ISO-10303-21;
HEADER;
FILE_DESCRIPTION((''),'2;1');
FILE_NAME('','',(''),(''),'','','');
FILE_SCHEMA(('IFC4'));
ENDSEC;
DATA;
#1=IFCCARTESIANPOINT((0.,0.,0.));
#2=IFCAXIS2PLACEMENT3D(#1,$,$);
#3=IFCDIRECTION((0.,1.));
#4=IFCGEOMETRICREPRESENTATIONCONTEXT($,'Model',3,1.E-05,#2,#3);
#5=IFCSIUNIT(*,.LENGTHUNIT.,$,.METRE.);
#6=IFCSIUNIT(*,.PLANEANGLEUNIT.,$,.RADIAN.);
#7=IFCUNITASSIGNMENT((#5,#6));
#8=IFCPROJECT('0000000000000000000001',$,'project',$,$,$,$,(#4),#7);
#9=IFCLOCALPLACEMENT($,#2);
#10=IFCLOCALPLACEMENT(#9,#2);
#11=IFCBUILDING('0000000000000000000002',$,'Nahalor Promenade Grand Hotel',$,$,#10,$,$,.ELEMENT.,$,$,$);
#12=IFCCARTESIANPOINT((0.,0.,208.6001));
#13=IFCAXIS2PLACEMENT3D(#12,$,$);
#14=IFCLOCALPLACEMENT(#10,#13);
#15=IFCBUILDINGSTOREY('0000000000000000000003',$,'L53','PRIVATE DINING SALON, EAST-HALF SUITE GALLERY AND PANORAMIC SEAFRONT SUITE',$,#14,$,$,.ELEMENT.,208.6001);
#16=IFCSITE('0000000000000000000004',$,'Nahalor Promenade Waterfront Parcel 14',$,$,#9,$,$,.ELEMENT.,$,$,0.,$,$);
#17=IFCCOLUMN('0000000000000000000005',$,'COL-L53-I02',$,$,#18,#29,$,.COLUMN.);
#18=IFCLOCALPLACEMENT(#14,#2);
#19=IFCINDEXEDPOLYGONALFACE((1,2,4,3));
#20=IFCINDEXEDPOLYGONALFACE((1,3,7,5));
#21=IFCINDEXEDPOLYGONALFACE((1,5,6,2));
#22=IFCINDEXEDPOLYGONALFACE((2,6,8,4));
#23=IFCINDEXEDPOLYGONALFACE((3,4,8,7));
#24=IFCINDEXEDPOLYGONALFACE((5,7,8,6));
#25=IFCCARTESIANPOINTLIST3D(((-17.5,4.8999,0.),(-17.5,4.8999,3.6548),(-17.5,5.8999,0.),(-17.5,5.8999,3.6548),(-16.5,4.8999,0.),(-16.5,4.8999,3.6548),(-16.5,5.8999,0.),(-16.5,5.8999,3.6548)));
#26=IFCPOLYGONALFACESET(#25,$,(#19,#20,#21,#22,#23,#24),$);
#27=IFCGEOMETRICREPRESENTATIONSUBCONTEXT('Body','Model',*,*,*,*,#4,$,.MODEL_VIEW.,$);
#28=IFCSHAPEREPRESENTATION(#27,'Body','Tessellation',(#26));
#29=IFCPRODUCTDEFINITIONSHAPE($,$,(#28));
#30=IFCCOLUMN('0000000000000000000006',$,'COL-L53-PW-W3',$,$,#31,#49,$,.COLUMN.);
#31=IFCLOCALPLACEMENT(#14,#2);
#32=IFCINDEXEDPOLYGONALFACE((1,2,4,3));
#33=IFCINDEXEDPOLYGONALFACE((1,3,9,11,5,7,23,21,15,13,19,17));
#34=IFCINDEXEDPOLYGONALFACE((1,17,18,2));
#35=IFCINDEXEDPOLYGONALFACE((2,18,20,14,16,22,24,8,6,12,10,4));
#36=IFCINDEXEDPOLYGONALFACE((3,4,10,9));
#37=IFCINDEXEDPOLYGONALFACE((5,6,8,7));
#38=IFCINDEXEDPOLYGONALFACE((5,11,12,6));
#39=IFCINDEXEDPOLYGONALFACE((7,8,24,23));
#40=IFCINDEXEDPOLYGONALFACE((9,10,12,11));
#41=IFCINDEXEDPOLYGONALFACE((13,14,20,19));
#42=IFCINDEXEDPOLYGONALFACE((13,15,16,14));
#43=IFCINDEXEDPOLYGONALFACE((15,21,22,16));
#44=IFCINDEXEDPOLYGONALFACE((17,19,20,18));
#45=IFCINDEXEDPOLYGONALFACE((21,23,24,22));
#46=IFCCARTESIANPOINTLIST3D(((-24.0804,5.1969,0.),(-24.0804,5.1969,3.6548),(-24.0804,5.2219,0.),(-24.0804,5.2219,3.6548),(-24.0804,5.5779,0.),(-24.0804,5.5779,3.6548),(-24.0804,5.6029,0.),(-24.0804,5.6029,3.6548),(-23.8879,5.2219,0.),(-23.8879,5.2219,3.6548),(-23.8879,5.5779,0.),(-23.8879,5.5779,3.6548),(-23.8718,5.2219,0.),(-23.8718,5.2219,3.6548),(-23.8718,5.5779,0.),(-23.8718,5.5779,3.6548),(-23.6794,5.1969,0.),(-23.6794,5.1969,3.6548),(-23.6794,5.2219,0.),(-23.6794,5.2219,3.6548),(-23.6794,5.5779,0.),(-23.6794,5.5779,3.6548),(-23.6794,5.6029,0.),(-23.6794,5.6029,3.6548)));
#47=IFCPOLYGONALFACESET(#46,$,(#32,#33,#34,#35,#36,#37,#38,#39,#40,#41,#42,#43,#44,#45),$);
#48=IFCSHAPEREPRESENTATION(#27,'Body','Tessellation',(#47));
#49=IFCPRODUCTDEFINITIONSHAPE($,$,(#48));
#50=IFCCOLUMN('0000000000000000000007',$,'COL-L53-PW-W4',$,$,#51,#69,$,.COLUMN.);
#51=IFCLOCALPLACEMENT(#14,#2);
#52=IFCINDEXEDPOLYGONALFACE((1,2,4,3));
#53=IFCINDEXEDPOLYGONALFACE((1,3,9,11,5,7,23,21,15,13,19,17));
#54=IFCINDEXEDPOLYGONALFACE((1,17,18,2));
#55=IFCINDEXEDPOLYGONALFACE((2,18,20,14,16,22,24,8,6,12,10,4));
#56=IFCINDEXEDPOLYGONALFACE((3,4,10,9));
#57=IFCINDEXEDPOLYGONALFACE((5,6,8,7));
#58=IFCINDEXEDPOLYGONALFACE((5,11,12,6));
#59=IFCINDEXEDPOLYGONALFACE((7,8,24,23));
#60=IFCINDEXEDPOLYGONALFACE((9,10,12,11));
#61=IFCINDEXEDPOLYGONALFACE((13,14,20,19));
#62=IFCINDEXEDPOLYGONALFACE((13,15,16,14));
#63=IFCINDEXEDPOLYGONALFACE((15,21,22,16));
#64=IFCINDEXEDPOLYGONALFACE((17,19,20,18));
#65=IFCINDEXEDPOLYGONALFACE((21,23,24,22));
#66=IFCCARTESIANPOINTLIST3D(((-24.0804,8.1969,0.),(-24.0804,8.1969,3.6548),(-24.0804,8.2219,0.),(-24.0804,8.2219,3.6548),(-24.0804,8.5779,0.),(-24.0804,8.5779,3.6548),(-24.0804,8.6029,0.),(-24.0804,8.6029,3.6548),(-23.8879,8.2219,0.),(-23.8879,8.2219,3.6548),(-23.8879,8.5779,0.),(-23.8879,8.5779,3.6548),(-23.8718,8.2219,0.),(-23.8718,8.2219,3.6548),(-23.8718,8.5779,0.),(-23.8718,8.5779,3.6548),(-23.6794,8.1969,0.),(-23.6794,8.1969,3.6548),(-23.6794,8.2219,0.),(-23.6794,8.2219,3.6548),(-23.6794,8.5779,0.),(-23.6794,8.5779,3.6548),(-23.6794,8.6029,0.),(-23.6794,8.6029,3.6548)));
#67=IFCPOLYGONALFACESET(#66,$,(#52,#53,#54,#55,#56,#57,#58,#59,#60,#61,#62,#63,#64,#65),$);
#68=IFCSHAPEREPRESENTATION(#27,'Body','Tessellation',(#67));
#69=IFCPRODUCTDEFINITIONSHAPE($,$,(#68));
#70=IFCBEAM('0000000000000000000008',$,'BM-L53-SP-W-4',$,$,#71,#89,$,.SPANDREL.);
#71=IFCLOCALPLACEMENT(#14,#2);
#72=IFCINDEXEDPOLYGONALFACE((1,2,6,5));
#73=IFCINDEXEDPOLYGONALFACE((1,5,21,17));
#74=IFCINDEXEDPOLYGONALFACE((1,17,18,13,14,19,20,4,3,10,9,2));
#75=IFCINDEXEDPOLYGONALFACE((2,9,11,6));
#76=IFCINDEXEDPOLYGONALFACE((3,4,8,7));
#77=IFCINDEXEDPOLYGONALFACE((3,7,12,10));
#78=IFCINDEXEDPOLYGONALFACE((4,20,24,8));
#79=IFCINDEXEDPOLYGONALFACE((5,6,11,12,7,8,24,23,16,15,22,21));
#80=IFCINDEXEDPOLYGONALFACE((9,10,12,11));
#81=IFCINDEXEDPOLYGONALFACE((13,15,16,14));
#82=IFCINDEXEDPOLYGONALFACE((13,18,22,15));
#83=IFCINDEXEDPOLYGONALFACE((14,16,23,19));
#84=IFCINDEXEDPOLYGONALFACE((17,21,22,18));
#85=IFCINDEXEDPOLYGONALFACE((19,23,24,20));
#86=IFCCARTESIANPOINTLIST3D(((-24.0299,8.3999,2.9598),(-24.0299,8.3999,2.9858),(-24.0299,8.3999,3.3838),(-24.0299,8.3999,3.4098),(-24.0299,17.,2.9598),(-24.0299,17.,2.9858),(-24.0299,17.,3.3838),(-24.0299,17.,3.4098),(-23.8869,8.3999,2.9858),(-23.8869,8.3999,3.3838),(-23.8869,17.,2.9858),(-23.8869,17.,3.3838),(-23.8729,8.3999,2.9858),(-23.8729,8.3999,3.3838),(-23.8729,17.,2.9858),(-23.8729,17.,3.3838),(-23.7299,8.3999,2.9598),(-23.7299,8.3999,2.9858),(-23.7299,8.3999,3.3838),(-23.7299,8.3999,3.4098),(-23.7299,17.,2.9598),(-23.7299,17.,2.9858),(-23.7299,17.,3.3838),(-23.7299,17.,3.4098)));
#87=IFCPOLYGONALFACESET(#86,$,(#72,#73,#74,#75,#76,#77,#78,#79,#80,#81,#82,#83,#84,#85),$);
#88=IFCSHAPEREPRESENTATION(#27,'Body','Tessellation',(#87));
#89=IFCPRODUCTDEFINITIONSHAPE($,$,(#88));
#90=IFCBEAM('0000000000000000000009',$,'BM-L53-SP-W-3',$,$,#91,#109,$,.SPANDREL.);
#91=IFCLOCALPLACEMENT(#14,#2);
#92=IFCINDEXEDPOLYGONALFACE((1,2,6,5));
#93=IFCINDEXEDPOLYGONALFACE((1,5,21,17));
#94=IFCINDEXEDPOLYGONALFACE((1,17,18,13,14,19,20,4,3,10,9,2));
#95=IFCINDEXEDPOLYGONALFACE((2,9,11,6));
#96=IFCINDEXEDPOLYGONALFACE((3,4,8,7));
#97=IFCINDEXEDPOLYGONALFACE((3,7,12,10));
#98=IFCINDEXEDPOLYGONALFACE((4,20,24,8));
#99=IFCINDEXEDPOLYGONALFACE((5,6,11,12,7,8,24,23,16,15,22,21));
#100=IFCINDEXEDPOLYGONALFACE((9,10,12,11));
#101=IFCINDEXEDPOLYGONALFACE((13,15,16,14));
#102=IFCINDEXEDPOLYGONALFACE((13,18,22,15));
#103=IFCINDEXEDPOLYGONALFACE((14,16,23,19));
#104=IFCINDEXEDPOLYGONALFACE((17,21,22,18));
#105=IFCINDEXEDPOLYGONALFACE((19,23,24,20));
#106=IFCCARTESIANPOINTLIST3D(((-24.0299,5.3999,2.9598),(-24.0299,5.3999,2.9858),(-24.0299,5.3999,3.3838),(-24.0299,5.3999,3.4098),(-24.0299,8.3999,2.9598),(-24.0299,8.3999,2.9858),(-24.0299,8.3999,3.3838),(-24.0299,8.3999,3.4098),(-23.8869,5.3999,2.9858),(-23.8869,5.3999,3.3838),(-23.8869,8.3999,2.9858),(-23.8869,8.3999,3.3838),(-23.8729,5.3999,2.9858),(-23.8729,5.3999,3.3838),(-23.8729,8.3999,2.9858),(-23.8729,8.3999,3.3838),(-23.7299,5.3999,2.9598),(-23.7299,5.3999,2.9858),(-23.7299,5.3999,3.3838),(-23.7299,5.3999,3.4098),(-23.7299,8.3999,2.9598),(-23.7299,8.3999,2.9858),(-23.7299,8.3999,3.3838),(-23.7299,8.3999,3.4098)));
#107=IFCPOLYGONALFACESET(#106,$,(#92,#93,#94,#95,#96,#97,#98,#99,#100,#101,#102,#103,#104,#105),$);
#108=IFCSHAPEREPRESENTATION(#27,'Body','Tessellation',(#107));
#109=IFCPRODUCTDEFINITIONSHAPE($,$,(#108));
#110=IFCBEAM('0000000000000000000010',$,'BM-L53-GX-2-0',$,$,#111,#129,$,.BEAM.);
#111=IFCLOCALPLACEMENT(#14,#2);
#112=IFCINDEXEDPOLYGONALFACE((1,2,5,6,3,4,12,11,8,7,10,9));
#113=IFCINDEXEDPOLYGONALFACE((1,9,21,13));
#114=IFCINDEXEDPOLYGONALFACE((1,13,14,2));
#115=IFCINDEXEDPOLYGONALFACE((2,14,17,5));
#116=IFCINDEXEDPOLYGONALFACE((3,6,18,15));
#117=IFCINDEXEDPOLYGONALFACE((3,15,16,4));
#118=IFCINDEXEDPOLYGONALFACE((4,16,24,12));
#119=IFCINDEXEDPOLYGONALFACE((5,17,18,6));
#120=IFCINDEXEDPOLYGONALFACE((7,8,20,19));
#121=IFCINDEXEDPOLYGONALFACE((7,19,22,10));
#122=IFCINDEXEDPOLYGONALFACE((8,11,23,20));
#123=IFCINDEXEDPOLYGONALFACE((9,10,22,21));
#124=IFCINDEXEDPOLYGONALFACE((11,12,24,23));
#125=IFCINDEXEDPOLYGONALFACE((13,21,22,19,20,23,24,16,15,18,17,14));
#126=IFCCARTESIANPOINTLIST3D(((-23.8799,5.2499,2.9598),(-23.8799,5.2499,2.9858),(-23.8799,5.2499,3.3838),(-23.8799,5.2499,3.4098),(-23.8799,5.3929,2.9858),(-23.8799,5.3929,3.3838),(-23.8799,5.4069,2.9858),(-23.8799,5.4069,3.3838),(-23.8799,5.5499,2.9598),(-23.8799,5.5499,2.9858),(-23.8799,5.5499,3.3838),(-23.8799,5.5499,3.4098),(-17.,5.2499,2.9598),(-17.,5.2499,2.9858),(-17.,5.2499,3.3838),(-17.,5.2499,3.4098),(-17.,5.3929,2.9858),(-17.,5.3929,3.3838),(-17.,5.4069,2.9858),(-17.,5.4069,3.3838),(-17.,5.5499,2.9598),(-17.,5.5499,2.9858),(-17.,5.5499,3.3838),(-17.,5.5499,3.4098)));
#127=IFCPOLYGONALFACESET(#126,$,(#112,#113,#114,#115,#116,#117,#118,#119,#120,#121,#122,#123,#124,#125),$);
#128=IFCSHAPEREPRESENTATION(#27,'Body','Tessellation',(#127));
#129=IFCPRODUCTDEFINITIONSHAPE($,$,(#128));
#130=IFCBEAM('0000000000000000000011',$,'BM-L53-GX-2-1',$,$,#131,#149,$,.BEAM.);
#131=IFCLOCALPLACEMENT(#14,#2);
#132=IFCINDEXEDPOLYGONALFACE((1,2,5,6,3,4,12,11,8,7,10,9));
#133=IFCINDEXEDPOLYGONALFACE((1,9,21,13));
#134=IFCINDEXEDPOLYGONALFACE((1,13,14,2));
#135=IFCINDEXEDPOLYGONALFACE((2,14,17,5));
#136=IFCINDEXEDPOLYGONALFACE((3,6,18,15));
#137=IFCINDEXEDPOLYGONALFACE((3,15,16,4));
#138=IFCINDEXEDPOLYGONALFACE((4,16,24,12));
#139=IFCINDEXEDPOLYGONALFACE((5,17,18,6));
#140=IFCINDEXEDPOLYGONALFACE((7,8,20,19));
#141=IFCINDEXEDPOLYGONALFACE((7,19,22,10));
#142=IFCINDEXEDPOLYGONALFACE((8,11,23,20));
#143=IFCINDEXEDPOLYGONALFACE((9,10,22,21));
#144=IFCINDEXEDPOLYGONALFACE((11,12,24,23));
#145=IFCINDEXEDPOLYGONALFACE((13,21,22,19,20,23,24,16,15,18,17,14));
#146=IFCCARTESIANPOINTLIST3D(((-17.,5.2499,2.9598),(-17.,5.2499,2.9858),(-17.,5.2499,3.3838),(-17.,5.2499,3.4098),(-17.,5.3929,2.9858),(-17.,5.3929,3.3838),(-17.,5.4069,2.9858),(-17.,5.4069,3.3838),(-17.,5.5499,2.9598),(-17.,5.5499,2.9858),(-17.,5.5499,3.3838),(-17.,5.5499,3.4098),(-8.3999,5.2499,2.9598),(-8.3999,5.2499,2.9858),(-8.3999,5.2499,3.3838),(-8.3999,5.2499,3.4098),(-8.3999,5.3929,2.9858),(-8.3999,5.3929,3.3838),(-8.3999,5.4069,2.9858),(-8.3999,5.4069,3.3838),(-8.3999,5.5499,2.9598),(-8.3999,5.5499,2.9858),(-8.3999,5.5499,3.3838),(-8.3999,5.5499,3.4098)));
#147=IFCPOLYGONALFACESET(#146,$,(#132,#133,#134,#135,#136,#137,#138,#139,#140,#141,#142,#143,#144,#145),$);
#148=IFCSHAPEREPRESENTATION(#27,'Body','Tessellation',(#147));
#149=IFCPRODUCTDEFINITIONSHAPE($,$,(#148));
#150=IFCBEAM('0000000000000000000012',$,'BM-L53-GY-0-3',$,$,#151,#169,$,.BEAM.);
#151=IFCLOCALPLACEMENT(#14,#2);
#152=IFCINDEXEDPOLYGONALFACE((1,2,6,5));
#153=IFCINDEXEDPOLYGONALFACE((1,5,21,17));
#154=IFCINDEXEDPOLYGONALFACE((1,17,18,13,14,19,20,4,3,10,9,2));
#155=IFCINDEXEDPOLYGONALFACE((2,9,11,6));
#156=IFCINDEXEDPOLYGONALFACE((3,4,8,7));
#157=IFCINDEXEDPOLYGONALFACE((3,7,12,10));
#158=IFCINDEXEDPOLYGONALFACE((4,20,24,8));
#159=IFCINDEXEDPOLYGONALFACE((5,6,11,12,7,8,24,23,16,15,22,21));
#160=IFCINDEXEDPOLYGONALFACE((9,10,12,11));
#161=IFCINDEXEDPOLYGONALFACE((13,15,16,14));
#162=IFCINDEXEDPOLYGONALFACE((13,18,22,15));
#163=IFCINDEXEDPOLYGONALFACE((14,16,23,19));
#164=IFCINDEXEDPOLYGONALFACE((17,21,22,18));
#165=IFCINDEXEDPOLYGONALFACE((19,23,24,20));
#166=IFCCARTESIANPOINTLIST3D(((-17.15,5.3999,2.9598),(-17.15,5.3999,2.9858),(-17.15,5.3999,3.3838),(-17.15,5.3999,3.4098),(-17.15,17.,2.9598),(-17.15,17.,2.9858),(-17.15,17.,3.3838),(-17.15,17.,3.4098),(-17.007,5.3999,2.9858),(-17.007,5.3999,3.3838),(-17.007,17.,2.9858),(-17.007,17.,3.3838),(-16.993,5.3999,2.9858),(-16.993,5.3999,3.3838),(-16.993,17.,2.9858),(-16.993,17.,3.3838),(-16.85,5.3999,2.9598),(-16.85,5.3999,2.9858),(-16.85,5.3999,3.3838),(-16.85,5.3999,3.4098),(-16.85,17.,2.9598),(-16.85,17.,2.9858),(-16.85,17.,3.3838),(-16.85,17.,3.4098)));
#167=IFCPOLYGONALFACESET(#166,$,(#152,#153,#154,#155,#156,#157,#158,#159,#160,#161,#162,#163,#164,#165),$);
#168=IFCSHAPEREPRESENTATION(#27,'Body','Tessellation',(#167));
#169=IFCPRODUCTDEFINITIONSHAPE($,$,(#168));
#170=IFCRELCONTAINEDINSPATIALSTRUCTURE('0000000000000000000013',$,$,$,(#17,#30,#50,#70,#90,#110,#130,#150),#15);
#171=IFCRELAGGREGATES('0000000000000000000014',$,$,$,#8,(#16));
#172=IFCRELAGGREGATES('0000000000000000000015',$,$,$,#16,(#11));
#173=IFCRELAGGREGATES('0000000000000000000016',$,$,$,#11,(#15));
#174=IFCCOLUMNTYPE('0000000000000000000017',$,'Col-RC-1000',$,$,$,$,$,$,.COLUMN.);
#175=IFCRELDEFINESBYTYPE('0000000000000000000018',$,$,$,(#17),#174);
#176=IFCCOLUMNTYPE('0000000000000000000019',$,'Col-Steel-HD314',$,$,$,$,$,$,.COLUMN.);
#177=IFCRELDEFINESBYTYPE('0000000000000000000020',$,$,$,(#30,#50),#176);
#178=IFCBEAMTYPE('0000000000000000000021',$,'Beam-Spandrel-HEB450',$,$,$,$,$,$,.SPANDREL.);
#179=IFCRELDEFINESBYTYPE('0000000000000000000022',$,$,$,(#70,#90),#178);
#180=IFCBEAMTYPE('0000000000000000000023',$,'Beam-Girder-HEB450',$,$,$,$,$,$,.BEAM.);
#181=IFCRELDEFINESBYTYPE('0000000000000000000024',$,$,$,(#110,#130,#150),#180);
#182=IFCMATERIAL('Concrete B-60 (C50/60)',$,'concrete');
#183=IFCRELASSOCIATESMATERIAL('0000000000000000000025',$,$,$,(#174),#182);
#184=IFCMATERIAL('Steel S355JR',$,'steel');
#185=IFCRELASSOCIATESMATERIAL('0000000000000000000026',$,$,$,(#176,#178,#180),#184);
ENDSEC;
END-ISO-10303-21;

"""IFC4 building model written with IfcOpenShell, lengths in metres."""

from ifc_helpers import new_model, si_unit, direction, frame, origin, origin_2d, place, context, subcontext, project, spatial, rectangle, i_section, extrude, source, transform, mapped, material, material_profile, profile_set, type_object, element, save


model = new_model("IFC4")

# Units and contexts
model_context = context("Model", 3, precision=1e-05, world=origin(), true_north=direction((0.0, 1.0)))
body_context = subcontext(model_context, "Body", "Model", "MODEL_VIEW")
ifc_project = project(units=[si_unit("LENGTHUNIT", "METRE"), si_unit("PLANEANGLEUNIT", "RADIAN")], contexts=[model_context])

# Site, building, storey
site_placement = place(None, origin())
site = spatial("IfcSite", under=ifc_project, at=site_placement, Name="Nahalor Promenade Waterfront Parcel 14", CompositionType="ELEMENT", RefElevation=0.0)
building_placement = place(site_placement, origin())
building = spatial("IfcBuilding", under=site, at=building_placement, Name="Nahalor Promenade Grand Hotel", CompositionType="ELEMENT")
storey_placement = place(building_placement, frame((0.0, 0.0, 208.6001)))
storey = spatial("IfcBuildingStorey", under=building, at=storey_placement, Name="L53", Description="PRIVATE DINING SALON, EAST-HALF SUITE GALLERY AND PANORAMIC SEAFRONT SUITE", CompositionType="ELEMENT", Elevation=208.6001)

# Columns
ifc_material_1 = material(Name="Concrete B-60 (C50/60)", Category="concrete")
ifc_material_profile_1 = material_profile(ifc_material_1, rectangle(XDim=1.0, YDim=1.0, at=origin_2d()), Name="RC 1000x1000")
ifc_profile_set_1 = profile_set([ifc_material_profile_1], Name="Concrete B-60 (C50/60)")
column_type_1 = type_object("IfcColumnType", Name="Col-RC-1000", PredefinedType="COLUMN", material=ifc_profile_set_1)
shared_shape_1 = source(origin(), body_context, "Body", "SweptSolid", [
    extrude(rectangle(XDim=1.0, YDim=1.0, at=origin_2d()), origin(), (0.0, 0.0, 1.0), 3.6548),
])
column_placement = place(storey_placement, frame((-17.0, 5.3999, 0.0), z_axis=(0.0, 0.0, 1.0), x_axis=(1.0, 0.0, 0.0)))
element("IfcColumn", 1, at=column_placement, inside=storey, type_object=column_type_1, Name="COL-L53-I02", PredefinedType="COLUMN", context=body_context, shape_type="MappedRepresentation", body=[
    mapped(shared_shape_1, transform((0.0, 0.0, 0.0), scale=1.0)),
])
ifc_material_2 = material(Name="Steel S355JR", Category="steel")
ifc_material_profile_2 = material_profile(ifc_material_2, i_section(OverallWidth=0.401, OverallDepth=0.406, WebThickness=0.0161, FlangeThickness=0.025, at=origin_2d()), Name="HD 400x314")
ifc_profile_set_2 = profile_set([ifc_material_profile_2], Name="Steel S355JR")
column_type_2 = type_object("IfcColumnType", Name="Col-Steel-HD314", PredefinedType="COLUMN", material=ifc_profile_set_2)
shared_shape_2 = source(origin(), body_context, "Body", "SweptSolid", [
    extrude(i_section(OverallWidth=0.401, OverallDepth=0.406, WebThickness=0.0161, FlangeThickness=0.025, at=origin_2d()), origin(), (0.0, 0.0, 1.0), 3.6548),
])
for number, where, z_axis, x_axis, name in (
    (2, (-23.8799, 5.3999, 0.0), (0.0, 0.0, 1.0), (1.0, 0.0, 0.0), "COL-L53-PW-W3"),
    (3, (-23.8799, 8.3999, 0.0), (0.0, 0.0, 1.0), (1.0, 0.0, 0.0), "COL-L53-PW-W4"),
):
    element("IfcColumn", number, at=place(storey_placement, frame(where, z_axis=z_axis, x_axis=x_axis)), inside=storey, type_object=column_type_2, Name=name, PredefinedType="COLUMN", context=body_context, shape_type="MappedRepresentation", body=[
        mapped(shared_shape_2, transform((0.0, 0.0, 0.0), scale=1.0)),
    ])

# Beams
ifc_material_profile_3 = material_profile(ifc_material_2, i_section(OverallWidth=0.3, OverallDepth=0.45, WebThickness=0.014, FlangeThickness=0.026, at=origin_2d()), Name="HEB 450")
ifc_profile_set_3 = profile_set([ifc_material_profile_3], Name="Steel S355JR")
beam_type_1 = type_object("IfcBeamType", Name="Beam-Spandrel-HEB450", PredefinedType="SPANDREL", material=ifc_profile_set_3)
shared_shape_3 = source(origin(), body_context, "Body", "SweptSolid", [
    extrude(i_section(OverallWidth=0.3, OverallDepth=0.45, WebThickness=0.014, FlangeThickness=0.026, at=origin_2d()), origin(), (0.0, 0.0, 1.0), 8.6001),
])
beam_1_placement = place(storey_placement, frame((-23.8799, 8.3999, 3.1848), z_axis=(0.0, 1.0, 0.0), x_axis=(-1.0, 0.0, 0.0)))
element("IfcBeam", 4, at=beam_1_placement, inside=storey, type_object=beam_type_1, Name="BM-L53-SP-W-4", PredefinedType="SPANDREL", context=body_context, shape_type="MappedRepresentation", body=[
    mapped(shared_shape_3, transform((0.0, 0.0, 0.0), scale=1.0)),
])
shared_shape_4 = source(origin(), body_context, "Body", "SweptSolid", [
    extrude(i_section(OverallWidth=0.3, OverallDepth=0.45, WebThickness=0.014, FlangeThickness=0.026, at=origin_2d()), origin(), (0.0, 0.0, 1.0), 3.0),
])
beam_2_placement = place(storey_placement, frame((-23.8799, 5.3999, 3.1848), z_axis=(0.0, 1.0, 0.0), x_axis=(-1.0, 0.0, 0.0)))
element("IfcBeam", 5, at=beam_2_placement, inside=storey, type_object=beam_type_1, Name="BM-L53-SP-W-3", PredefinedType="SPANDREL", context=body_context, shape_type="MappedRepresentation", body=[
    mapped(shared_shape_4, transform((0.0, 0.0, 0.0), scale=1.0)),
])
ifc_material_profile_4 = material_profile(ifc_material_2, i_section(OverallWidth=0.3, OverallDepth=0.45, WebThickness=0.014, FlangeThickness=0.026, at=origin_2d()), Name="HEB 450")
ifc_profile_set_4 = profile_set([ifc_material_profile_4], Name="Steel S355JR")
beam_type_2 = type_object("IfcBeamType", Name="Beam-Girder-HEB450", PredefinedType="BEAM", material=ifc_profile_set_4)
shared_shape_5 = source(origin(), body_context, "Body", "SweptSolid", [
    extrude(i_section(OverallWidth=0.3, OverallDepth=0.45, WebThickness=0.014, FlangeThickness=0.026, at=origin_2d()), origin(), (0.0, 0.0, 1.0), 6.8799),
])
beam_3_placement = place(storey_placement, frame((-23.8799, 5.3999, 3.1848), z_axis=(1.0, 0.0, 0.0), x_axis=(0.0, 1.0, 0.0)))
element("IfcBeam", 6, at=beam_3_placement, inside=storey, type_object=beam_type_2, Name="BM-L53-GX-2-0", PredefinedType="BEAM", context=body_context, shape_type="MappedRepresentation", body=[
    mapped(shared_shape_5, transform((0.0, 0.0, 0.0), scale=1.0)),
])
shared_shape_6 = source(origin(), body_context, "Body", "SweptSolid", [
    extrude(i_section(OverallWidth=0.3, OverallDepth=0.45, WebThickness=0.014, FlangeThickness=0.026, at=origin_2d()), origin(), (0.0, 0.0, 1.0), 8.6001),
])
beam_4_placement = place(storey_placement, frame((-17.0, 5.3999, 3.1848), z_axis=(1.0, 0.0, 0.0), x_axis=(0.0, 1.0, 0.0)))
element("IfcBeam", 7, at=beam_4_placement, inside=storey, type_object=beam_type_2, Name="BM-L53-GX-2-1", PredefinedType="BEAM", context=body_context, shape_type="MappedRepresentation", body=[
    mapped(shared_shape_6, transform((0.0, 0.0, 0.0), scale=1.0)),
])
shared_shape_7 = source(origin(), body_context, "Body", "SweptSolid", [
    extrude(i_section(OverallWidth=0.3, OverallDepth=0.45, WebThickness=0.014, FlangeThickness=0.026, at=origin_2d()), origin(), (0.0, 0.0, 1.0), 11.6001),
])
beam_5_placement = place(storey_placement, frame((-17.0, 5.3999, 3.1848), z_axis=(0.0, 1.0, 0.0), x_axis=(-1.0, 0.0, 0.0)))
element("IfcBeam", 8, at=beam_5_placement, inside=storey, type_object=beam_type_2, Name="BM-L53-GY-0-3", PredefinedType="BEAM", context=body_context, shape_type="MappedRepresentation", body=[
    mapped(shared_shape_7, transform((0.0, 0.0, 0.0), scale=1.0)),
])

save(model, "model.ifc")
